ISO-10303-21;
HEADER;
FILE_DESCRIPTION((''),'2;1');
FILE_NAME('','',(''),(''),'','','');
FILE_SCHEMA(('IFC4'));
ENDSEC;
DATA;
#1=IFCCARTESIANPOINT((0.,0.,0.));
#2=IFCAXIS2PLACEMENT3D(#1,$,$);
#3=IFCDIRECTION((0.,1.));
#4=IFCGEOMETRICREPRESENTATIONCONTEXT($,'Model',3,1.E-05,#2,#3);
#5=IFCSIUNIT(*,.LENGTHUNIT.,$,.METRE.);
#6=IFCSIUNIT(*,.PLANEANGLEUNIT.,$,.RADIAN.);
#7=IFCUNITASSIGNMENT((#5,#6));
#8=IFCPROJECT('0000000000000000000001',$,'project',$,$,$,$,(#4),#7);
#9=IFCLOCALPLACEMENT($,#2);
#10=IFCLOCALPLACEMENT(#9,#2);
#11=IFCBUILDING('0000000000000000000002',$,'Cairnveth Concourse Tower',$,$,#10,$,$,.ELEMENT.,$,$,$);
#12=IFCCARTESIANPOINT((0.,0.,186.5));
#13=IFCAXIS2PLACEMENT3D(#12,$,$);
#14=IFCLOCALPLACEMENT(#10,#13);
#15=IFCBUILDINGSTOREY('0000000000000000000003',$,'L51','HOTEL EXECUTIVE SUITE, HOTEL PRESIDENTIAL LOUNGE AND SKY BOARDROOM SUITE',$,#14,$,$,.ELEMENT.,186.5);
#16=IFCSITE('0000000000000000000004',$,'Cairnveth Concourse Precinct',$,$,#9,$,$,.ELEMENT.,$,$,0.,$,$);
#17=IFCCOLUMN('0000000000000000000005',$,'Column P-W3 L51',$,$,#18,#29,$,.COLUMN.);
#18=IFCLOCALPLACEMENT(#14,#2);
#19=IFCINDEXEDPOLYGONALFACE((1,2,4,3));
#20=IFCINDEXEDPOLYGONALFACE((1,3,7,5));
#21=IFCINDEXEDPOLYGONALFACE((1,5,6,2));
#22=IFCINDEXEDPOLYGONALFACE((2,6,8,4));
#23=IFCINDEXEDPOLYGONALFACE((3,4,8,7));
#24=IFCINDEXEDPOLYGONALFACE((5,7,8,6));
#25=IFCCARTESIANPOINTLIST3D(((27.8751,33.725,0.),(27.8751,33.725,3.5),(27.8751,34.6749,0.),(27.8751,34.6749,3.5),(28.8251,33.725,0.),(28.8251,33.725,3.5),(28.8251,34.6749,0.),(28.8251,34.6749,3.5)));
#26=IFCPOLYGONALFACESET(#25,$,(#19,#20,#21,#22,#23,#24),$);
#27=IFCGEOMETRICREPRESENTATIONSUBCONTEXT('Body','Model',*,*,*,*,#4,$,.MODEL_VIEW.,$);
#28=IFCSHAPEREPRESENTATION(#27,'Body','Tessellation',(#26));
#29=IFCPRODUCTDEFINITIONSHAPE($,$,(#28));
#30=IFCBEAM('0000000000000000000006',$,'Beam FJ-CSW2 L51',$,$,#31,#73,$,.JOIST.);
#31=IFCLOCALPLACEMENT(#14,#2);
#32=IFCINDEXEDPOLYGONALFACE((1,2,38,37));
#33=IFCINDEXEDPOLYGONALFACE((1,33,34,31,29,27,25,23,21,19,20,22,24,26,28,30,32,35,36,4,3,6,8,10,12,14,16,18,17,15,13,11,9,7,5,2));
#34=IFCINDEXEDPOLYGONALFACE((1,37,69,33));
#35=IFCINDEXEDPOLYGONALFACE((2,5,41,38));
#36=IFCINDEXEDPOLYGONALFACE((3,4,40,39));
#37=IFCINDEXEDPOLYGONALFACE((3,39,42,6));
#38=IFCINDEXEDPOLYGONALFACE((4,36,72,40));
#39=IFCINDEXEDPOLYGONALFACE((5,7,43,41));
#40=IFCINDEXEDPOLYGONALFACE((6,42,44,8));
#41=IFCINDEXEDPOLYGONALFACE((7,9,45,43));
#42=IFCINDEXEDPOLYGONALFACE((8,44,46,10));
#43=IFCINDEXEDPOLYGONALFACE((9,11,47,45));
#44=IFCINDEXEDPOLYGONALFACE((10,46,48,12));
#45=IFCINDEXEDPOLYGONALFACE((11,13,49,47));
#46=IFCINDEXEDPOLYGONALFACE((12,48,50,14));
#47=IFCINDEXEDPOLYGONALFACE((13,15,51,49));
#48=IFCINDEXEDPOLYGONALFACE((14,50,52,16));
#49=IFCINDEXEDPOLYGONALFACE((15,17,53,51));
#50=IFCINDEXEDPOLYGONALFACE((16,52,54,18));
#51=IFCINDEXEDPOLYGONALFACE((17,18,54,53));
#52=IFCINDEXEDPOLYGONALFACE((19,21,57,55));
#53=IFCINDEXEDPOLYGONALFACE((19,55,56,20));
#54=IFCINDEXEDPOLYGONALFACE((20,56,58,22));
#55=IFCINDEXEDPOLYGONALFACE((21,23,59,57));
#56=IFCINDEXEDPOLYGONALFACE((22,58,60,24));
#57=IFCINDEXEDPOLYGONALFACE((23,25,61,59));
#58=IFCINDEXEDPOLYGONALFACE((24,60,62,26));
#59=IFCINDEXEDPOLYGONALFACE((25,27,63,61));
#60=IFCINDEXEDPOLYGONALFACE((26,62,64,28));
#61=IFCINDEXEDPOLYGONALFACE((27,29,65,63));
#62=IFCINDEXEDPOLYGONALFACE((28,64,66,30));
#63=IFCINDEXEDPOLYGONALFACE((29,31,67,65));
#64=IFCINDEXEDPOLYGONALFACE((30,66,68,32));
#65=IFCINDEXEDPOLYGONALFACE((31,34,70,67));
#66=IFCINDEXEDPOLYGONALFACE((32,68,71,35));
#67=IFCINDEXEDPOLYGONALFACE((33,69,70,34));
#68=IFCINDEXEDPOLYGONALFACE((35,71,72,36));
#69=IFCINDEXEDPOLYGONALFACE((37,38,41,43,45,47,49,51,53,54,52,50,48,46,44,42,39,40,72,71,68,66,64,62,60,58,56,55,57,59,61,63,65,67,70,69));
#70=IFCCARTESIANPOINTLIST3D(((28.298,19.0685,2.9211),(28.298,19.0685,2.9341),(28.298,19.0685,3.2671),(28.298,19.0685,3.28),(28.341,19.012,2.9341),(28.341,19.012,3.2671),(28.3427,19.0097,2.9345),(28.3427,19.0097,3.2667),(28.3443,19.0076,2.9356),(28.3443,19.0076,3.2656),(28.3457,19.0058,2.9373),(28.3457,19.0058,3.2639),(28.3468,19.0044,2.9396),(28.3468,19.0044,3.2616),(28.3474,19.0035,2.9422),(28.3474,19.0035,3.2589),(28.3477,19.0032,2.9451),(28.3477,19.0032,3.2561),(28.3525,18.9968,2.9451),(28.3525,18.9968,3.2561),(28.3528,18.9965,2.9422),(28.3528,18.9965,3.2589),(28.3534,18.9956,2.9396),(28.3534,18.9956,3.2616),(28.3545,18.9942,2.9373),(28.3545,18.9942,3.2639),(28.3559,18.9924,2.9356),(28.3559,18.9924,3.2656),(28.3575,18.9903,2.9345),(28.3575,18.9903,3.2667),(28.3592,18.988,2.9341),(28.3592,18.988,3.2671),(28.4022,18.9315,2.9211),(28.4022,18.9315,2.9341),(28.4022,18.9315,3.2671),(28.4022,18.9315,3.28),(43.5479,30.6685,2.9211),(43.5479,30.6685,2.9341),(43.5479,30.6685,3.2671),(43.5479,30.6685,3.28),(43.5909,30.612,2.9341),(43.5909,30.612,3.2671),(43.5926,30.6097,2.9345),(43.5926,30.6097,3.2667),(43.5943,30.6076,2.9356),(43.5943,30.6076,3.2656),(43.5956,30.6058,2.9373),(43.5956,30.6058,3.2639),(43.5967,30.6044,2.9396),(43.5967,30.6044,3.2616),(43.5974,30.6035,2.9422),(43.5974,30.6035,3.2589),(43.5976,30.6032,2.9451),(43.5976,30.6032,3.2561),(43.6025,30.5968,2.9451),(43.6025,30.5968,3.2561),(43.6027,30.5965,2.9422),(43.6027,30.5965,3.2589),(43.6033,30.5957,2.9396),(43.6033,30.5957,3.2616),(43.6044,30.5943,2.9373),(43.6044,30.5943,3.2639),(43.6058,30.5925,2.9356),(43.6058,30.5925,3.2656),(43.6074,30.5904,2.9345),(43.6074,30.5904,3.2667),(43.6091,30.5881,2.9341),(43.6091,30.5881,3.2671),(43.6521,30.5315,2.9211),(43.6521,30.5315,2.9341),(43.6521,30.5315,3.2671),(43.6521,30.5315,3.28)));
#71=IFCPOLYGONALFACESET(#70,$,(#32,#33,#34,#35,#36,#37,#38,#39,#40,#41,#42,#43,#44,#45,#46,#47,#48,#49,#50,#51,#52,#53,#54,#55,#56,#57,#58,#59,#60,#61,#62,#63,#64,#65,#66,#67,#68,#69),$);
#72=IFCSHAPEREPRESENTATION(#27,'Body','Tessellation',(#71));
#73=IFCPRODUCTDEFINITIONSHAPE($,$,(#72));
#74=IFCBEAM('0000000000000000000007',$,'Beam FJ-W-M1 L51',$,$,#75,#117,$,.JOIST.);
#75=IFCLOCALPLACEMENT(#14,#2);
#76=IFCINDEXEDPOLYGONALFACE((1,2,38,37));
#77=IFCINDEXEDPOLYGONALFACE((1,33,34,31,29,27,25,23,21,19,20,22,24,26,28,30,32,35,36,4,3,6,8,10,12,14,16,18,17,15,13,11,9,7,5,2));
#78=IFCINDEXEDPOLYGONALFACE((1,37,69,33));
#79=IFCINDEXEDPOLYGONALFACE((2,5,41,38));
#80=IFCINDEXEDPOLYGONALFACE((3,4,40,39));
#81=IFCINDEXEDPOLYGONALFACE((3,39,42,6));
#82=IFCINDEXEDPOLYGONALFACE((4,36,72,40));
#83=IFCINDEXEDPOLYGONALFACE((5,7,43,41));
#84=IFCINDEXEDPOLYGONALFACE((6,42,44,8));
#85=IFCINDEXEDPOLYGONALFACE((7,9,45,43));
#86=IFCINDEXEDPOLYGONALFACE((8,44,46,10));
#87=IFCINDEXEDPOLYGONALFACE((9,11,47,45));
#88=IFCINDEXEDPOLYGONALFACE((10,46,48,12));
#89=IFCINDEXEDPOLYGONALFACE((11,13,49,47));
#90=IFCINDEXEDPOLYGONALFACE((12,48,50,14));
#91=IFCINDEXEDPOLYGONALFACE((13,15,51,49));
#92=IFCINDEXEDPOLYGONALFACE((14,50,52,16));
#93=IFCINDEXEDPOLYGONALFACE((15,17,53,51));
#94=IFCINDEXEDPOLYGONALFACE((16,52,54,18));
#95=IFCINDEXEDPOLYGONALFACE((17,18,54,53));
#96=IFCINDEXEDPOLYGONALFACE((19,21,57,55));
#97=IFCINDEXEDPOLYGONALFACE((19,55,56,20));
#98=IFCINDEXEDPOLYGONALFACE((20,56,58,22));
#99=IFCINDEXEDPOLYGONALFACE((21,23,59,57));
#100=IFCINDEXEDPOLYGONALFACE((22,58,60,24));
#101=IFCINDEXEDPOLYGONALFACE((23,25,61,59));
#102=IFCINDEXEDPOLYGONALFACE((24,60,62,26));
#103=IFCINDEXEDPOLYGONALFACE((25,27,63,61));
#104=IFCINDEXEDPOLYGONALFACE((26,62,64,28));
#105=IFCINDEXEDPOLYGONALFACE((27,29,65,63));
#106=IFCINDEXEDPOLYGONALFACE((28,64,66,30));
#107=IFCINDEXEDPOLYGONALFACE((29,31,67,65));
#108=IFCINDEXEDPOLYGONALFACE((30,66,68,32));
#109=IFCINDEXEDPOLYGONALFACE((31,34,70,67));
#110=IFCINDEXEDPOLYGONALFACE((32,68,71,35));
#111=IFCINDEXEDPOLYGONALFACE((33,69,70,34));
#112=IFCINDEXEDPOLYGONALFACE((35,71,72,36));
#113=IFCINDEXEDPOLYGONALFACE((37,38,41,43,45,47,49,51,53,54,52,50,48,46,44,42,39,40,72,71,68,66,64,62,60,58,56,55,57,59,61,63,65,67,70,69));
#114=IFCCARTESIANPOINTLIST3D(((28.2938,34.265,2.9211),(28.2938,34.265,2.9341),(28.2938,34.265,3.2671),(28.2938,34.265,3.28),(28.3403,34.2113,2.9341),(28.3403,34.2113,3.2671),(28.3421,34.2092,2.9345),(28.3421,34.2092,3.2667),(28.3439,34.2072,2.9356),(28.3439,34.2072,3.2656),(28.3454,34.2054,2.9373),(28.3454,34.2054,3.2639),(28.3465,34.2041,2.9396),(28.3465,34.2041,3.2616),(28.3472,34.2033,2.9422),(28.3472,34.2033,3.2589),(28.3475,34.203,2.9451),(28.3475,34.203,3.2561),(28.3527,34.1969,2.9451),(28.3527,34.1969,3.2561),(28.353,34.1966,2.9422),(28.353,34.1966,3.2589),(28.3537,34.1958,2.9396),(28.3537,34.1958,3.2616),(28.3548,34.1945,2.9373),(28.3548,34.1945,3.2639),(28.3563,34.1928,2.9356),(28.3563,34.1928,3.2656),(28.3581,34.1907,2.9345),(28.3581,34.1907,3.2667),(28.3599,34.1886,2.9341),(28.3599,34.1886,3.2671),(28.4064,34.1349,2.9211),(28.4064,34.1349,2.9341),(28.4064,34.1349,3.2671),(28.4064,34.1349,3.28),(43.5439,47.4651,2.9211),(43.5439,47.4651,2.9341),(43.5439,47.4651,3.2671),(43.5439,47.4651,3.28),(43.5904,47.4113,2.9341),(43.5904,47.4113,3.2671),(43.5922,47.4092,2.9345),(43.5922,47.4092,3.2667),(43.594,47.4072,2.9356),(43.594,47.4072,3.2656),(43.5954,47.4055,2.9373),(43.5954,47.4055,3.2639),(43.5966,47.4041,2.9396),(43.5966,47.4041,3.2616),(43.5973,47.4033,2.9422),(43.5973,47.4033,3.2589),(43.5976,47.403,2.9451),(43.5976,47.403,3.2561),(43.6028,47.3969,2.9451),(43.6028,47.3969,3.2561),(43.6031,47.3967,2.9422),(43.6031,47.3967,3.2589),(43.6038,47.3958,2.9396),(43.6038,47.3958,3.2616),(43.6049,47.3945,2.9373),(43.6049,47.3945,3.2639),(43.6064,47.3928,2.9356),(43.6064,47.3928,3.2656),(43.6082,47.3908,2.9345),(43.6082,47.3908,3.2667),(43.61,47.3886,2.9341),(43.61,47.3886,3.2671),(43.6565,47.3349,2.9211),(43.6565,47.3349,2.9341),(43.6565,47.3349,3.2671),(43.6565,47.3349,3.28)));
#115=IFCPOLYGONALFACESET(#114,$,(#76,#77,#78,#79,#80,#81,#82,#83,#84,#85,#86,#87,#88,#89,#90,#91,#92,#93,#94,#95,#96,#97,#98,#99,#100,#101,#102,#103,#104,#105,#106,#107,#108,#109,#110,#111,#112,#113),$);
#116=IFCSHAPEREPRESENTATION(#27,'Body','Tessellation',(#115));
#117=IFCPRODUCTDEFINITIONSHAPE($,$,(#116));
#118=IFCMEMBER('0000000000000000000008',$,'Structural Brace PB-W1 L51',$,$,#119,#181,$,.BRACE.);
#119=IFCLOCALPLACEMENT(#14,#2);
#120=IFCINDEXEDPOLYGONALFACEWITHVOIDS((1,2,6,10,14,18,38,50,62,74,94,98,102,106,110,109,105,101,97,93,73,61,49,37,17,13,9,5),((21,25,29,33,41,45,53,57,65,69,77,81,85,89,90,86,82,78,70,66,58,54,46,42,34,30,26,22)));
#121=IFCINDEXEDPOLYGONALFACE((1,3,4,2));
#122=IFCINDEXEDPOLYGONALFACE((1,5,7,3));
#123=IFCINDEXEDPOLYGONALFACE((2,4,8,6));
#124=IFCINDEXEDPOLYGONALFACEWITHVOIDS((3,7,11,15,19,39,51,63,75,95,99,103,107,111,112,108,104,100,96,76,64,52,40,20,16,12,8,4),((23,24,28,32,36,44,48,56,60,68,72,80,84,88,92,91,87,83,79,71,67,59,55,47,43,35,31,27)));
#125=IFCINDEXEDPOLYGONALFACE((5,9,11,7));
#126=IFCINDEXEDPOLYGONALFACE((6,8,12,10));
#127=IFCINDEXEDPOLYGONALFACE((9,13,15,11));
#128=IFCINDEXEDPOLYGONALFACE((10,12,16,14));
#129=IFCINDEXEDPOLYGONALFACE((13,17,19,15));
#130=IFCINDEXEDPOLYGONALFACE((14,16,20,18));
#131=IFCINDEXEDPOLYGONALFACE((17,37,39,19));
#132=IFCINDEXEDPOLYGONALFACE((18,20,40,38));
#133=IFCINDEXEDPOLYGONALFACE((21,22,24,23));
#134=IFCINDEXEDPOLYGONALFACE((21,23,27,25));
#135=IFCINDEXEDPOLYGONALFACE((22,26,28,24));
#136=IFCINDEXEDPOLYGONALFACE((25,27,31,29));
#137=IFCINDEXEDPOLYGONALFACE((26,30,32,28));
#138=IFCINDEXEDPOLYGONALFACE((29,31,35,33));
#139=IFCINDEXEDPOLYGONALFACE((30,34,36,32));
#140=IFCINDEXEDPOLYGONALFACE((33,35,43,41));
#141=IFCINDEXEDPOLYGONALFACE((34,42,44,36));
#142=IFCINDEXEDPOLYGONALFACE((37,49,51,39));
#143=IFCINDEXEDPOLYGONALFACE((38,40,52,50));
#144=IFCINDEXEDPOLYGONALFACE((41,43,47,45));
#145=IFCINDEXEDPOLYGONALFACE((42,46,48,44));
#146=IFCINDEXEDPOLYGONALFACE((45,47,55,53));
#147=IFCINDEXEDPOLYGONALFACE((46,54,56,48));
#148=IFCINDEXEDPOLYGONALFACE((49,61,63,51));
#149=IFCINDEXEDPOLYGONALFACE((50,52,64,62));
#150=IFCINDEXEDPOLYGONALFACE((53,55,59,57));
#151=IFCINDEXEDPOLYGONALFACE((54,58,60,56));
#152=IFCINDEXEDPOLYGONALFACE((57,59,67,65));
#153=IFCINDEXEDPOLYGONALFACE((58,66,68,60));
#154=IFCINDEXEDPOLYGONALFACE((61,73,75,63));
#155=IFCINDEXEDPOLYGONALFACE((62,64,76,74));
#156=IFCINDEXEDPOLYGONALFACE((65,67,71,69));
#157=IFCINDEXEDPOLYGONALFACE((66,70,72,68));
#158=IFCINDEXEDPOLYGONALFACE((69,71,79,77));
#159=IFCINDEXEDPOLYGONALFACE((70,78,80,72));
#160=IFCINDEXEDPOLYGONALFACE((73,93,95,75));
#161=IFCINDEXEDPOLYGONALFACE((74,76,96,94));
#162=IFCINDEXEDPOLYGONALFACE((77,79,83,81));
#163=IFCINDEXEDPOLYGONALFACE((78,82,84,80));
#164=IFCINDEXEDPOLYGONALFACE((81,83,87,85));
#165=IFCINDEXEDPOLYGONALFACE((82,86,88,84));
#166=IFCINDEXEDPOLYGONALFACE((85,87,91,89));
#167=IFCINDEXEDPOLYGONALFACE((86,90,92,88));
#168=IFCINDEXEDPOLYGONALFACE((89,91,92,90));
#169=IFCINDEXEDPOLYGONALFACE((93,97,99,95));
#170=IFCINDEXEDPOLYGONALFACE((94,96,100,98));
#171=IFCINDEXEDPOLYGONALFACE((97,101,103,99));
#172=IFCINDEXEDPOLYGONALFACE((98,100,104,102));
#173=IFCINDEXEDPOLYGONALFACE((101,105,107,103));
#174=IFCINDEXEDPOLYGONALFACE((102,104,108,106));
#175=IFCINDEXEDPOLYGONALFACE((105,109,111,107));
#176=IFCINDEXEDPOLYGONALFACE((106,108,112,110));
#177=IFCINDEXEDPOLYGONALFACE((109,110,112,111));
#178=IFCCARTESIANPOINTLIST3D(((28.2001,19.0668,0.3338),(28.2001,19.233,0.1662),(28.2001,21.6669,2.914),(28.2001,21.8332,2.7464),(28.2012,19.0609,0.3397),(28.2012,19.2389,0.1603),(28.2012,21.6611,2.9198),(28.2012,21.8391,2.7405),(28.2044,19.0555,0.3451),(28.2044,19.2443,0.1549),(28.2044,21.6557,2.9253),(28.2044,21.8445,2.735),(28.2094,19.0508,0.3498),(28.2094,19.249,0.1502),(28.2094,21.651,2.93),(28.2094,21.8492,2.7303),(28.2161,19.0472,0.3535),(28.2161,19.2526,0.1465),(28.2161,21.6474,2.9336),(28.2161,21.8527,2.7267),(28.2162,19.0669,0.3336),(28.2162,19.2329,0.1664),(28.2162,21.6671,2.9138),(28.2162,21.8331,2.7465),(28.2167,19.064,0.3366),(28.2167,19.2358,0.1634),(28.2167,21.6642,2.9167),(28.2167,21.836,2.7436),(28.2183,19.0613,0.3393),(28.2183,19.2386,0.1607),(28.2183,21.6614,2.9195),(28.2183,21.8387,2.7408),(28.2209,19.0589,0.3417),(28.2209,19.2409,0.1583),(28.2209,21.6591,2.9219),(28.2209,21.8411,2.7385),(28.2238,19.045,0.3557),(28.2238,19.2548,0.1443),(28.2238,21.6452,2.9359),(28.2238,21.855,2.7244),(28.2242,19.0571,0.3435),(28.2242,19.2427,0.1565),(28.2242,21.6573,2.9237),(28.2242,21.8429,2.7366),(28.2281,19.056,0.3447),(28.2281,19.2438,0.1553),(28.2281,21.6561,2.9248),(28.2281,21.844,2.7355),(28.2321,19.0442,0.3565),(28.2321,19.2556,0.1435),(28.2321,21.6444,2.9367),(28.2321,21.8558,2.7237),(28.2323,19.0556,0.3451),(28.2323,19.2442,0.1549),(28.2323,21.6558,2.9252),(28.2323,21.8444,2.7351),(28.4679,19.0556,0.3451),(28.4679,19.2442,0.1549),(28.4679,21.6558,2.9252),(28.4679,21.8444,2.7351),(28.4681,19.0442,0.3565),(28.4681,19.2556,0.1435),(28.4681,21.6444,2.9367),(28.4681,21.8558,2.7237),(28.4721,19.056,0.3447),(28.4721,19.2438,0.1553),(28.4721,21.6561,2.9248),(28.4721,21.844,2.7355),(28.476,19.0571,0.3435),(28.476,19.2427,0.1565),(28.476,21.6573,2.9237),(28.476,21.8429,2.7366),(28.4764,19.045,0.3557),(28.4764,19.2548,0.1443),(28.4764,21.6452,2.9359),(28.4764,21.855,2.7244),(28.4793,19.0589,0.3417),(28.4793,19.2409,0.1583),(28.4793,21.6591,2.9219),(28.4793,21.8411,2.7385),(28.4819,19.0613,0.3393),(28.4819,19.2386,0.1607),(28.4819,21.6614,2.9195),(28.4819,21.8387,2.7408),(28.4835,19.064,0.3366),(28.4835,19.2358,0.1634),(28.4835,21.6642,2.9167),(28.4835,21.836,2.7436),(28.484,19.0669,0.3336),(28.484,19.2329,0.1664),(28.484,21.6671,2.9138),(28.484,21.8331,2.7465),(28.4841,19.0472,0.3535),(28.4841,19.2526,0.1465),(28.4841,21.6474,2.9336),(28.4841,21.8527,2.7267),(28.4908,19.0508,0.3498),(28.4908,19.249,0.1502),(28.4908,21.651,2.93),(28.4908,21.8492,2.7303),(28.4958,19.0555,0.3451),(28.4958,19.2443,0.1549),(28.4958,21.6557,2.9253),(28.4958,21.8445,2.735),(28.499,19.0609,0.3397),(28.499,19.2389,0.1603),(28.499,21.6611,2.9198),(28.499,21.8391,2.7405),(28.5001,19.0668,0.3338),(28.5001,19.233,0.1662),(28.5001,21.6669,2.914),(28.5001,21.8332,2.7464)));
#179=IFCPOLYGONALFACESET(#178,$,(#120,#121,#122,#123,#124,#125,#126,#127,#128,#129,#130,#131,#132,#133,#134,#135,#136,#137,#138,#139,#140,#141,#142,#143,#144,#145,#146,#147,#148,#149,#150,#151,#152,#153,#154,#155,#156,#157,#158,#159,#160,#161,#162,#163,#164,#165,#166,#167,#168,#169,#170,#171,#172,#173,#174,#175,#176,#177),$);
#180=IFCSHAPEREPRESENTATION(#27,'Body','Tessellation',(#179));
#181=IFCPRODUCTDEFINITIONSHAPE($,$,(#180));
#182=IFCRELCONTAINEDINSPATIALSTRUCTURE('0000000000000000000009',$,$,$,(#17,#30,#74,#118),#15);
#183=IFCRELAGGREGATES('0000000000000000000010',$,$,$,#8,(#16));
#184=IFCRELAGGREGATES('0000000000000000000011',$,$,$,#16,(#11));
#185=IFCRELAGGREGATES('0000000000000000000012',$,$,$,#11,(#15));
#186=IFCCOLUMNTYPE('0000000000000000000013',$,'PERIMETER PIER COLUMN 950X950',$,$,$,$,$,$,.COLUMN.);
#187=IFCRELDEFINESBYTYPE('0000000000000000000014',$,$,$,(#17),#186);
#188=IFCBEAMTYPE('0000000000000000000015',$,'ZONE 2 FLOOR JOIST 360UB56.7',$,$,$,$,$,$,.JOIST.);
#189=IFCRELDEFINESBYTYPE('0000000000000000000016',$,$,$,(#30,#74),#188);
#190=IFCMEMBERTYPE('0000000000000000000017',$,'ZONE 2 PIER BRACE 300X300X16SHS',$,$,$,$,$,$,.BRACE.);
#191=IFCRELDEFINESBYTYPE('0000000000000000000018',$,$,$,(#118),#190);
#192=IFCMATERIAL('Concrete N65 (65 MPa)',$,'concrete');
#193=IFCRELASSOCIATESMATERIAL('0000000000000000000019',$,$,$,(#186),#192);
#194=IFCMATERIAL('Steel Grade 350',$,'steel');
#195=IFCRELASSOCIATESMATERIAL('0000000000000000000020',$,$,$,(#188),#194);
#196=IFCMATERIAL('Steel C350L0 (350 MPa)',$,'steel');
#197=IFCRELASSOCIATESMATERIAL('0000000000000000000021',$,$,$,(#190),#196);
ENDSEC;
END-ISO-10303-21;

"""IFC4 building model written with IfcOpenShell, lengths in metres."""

from ifc_helpers import new_model, si_unit, direction, frame, origin, origin_2d, place, context, subcontext, project, spatial, rectangle, hollow_rectangle, i_section, extrude, material, material_profile, profile_set, type_object, element, save


model = new_model("IFC4")

# Units and contexts
model_context = context("Model", 3, precision=1e-05, world=origin(), true_north=direction((0.0, 1.0)))
body_context = subcontext(model_context, "Body", "Model", "MODEL_VIEW")
ifc_project = project(units=[si_unit("LENGTHUNIT", "METRE"), si_unit("PLANEANGLEUNIT", "RADIAN")], contexts=[model_context])

# Site, building, storey
site_placement = place(None, origin())
site = spatial("IfcSite", under=ifc_project, at=site_placement, Name="Cairnveth Concourse Precinct", CompositionType="ELEMENT", RefElevation=0.0)
building_placement = place(site_placement, origin())
building = spatial("IfcBuilding", under=site, at=building_placement, Name="Cairnveth Concourse Tower", CompositionType="ELEMENT")
storey_placement = place(building_placement, frame((0.0, 0.0, 186.5)))
storey = spatial("IfcBuildingStorey", under=building, at=storey_placement, Name="L51", Description="HOTEL EXECUTIVE SUITE, HOTEL PRESIDENTIAL LOUNGE AND SKY BOARDROOM SUITE", CompositionType="ELEMENT", Elevation=186.5)

# Column
ifc_material_1 = material(Name="Concrete N65 (65 MPa)", Category="concrete")
ifc_material_profile_1 = material_profile(ifc_material_1, rectangle(XDim=0.95, YDim=0.95, at=origin_2d()), Name="RC-COL-950x950")
ifc_profile_set_1 = profile_set([ifc_material_profile_1], Name="Concrete N65 (65 MPa)")
column_type = type_object("IfcColumnType", Name="PERIMETER PIER COLUMN 950X950", PredefinedType="COLUMN", material=ifc_profile_set_1)
column_placement = place(storey_placement, frame((28.3501, 34.2, 0.0), z_axis=(0.0, 0.0, 1.0), x_axis=(0.0, 1.0, 0.0)))
element("IfcColumn", 1, at=column_placement, inside=storey, type_object=column_type, Name="Column P-W3 L51", PredefinedType="COLUMN", context=body_context, shape_type="SweptSolid", body=[
    extrude(rectangle(XDim=0.95, YDim=0.95, at=origin_2d()), origin(), (0.0, 0.0, 1.0), 3.5),
])

# Beams
ifc_material_2 = material(Name="Steel Grade 350", Category="steel")
ifc_material_profile_2 = material_profile(ifc_material_2, i_section(OverallWidth=0.1721, OverallDepth=0.3589, WebThickness=0.0081, FlangeThickness=0.0129, FilletRadius=0.011, at=origin_2d()), Name="360UB56.7")
ifc_profile_set_2 = profile_set([ifc_material_profile_2], Name="Steel Grade 350")
beam_type_1 = type_object("IfcBeamType", Name="ZONE 2 FLOOR JOIST 360UB56.7", PredefinedType="JOIST", material=ifc_profile_set_2)
beam_1_placement = place(storey_placement, frame((28.3501, 19.0, 3.1006), z_axis=(0.795908, 0.605417, 0.0), x_axis=(-0.605417, 0.795908, 0.0)))
element("IfcBeam", 2, at=beam_1_placement, inside=storey, type_object=beam_type_1, Name="Beam FJ-CSW2 L51", PredefinedType="JOIST", context=body_context, shape_type="SweptSolid", body=[
    extrude(i_section(OverallWidth=0.1721, OverallDepth=0.3589, WebThickness=0.0081, FlangeThickness=0.0129, FilletRadius=0.011, at=origin_2d()), origin(), (0.0, 0.0, 1.0), 19.1604),
])
beam_2_placement = place(storey_placement, frame((28.3501, 34.2, 3.1006), z_axis=(0.756099, 0.654457, 0.0), x_axis=(-0.654457, 0.756099, 0.0)))
element("IfcBeam", 3, at=beam_2_placement, inside=storey, type_object=beam_type_1, Name="Beam FJ-W-M1 L51", PredefinedType="JOIST", context=body_context, shape_type="SweptSolid", body=[
    extrude(i_section(OverallWidth=0.1721, OverallDepth=0.3589, WebThickness=0.0081, FlangeThickness=0.0129, FilletRadius=0.011, at=origin_2d()), origin(), (0.0, 0.0, 1.0), 20.1694),
])

# Member
ifc_material_3 = material(Name="Steel C350L0 (350 MPa)", Category="steel")
ifc_material_profile_3 = material_profile(ifc_material_3, hollow_rectangle(XDim=0.3, YDim=0.3, WallThickness=0.0161, InnerFilletRadius=0.0161, OuterFilletRadius=0.032, at=origin_2d()), Name="300x300x16.0SHS")
ifc_profile_set_3 = profile_set([ifc_material_profile_3], Name="Steel C350L0 (350 MPa)")
member_type = type_object("IfcMemberType", Name="ZONE 2 PIER BRACE 300X300X16SHS", PredefinedType="BRACE", material=ifc_profile_set_3)
member_placement = place(storey_placement, frame((28.3501, 19.1499, 0.25), z_axis=(0.0, 0.709834, 0.704369), x_axis=(-1.0, 0.0, 0.0)))
element("IfcMember", 4, at=member_placement, inside=storey, type_object=member_type, Name="Structural Brace PB-W1 L51", PredefinedType="BRACE", context=body_context, shape_type="SweptSolid", body=[
    extrude(hollow_rectangle(XDim=0.3, YDim=0.3, WallThickness=0.0161, InnerFilletRadius=0.0161, OuterFilletRadius=0.032, at=origin_2d()), origin(), (0.0, 0.0, 1.0), 3.6631),
])

save(model, "model.ifc")
